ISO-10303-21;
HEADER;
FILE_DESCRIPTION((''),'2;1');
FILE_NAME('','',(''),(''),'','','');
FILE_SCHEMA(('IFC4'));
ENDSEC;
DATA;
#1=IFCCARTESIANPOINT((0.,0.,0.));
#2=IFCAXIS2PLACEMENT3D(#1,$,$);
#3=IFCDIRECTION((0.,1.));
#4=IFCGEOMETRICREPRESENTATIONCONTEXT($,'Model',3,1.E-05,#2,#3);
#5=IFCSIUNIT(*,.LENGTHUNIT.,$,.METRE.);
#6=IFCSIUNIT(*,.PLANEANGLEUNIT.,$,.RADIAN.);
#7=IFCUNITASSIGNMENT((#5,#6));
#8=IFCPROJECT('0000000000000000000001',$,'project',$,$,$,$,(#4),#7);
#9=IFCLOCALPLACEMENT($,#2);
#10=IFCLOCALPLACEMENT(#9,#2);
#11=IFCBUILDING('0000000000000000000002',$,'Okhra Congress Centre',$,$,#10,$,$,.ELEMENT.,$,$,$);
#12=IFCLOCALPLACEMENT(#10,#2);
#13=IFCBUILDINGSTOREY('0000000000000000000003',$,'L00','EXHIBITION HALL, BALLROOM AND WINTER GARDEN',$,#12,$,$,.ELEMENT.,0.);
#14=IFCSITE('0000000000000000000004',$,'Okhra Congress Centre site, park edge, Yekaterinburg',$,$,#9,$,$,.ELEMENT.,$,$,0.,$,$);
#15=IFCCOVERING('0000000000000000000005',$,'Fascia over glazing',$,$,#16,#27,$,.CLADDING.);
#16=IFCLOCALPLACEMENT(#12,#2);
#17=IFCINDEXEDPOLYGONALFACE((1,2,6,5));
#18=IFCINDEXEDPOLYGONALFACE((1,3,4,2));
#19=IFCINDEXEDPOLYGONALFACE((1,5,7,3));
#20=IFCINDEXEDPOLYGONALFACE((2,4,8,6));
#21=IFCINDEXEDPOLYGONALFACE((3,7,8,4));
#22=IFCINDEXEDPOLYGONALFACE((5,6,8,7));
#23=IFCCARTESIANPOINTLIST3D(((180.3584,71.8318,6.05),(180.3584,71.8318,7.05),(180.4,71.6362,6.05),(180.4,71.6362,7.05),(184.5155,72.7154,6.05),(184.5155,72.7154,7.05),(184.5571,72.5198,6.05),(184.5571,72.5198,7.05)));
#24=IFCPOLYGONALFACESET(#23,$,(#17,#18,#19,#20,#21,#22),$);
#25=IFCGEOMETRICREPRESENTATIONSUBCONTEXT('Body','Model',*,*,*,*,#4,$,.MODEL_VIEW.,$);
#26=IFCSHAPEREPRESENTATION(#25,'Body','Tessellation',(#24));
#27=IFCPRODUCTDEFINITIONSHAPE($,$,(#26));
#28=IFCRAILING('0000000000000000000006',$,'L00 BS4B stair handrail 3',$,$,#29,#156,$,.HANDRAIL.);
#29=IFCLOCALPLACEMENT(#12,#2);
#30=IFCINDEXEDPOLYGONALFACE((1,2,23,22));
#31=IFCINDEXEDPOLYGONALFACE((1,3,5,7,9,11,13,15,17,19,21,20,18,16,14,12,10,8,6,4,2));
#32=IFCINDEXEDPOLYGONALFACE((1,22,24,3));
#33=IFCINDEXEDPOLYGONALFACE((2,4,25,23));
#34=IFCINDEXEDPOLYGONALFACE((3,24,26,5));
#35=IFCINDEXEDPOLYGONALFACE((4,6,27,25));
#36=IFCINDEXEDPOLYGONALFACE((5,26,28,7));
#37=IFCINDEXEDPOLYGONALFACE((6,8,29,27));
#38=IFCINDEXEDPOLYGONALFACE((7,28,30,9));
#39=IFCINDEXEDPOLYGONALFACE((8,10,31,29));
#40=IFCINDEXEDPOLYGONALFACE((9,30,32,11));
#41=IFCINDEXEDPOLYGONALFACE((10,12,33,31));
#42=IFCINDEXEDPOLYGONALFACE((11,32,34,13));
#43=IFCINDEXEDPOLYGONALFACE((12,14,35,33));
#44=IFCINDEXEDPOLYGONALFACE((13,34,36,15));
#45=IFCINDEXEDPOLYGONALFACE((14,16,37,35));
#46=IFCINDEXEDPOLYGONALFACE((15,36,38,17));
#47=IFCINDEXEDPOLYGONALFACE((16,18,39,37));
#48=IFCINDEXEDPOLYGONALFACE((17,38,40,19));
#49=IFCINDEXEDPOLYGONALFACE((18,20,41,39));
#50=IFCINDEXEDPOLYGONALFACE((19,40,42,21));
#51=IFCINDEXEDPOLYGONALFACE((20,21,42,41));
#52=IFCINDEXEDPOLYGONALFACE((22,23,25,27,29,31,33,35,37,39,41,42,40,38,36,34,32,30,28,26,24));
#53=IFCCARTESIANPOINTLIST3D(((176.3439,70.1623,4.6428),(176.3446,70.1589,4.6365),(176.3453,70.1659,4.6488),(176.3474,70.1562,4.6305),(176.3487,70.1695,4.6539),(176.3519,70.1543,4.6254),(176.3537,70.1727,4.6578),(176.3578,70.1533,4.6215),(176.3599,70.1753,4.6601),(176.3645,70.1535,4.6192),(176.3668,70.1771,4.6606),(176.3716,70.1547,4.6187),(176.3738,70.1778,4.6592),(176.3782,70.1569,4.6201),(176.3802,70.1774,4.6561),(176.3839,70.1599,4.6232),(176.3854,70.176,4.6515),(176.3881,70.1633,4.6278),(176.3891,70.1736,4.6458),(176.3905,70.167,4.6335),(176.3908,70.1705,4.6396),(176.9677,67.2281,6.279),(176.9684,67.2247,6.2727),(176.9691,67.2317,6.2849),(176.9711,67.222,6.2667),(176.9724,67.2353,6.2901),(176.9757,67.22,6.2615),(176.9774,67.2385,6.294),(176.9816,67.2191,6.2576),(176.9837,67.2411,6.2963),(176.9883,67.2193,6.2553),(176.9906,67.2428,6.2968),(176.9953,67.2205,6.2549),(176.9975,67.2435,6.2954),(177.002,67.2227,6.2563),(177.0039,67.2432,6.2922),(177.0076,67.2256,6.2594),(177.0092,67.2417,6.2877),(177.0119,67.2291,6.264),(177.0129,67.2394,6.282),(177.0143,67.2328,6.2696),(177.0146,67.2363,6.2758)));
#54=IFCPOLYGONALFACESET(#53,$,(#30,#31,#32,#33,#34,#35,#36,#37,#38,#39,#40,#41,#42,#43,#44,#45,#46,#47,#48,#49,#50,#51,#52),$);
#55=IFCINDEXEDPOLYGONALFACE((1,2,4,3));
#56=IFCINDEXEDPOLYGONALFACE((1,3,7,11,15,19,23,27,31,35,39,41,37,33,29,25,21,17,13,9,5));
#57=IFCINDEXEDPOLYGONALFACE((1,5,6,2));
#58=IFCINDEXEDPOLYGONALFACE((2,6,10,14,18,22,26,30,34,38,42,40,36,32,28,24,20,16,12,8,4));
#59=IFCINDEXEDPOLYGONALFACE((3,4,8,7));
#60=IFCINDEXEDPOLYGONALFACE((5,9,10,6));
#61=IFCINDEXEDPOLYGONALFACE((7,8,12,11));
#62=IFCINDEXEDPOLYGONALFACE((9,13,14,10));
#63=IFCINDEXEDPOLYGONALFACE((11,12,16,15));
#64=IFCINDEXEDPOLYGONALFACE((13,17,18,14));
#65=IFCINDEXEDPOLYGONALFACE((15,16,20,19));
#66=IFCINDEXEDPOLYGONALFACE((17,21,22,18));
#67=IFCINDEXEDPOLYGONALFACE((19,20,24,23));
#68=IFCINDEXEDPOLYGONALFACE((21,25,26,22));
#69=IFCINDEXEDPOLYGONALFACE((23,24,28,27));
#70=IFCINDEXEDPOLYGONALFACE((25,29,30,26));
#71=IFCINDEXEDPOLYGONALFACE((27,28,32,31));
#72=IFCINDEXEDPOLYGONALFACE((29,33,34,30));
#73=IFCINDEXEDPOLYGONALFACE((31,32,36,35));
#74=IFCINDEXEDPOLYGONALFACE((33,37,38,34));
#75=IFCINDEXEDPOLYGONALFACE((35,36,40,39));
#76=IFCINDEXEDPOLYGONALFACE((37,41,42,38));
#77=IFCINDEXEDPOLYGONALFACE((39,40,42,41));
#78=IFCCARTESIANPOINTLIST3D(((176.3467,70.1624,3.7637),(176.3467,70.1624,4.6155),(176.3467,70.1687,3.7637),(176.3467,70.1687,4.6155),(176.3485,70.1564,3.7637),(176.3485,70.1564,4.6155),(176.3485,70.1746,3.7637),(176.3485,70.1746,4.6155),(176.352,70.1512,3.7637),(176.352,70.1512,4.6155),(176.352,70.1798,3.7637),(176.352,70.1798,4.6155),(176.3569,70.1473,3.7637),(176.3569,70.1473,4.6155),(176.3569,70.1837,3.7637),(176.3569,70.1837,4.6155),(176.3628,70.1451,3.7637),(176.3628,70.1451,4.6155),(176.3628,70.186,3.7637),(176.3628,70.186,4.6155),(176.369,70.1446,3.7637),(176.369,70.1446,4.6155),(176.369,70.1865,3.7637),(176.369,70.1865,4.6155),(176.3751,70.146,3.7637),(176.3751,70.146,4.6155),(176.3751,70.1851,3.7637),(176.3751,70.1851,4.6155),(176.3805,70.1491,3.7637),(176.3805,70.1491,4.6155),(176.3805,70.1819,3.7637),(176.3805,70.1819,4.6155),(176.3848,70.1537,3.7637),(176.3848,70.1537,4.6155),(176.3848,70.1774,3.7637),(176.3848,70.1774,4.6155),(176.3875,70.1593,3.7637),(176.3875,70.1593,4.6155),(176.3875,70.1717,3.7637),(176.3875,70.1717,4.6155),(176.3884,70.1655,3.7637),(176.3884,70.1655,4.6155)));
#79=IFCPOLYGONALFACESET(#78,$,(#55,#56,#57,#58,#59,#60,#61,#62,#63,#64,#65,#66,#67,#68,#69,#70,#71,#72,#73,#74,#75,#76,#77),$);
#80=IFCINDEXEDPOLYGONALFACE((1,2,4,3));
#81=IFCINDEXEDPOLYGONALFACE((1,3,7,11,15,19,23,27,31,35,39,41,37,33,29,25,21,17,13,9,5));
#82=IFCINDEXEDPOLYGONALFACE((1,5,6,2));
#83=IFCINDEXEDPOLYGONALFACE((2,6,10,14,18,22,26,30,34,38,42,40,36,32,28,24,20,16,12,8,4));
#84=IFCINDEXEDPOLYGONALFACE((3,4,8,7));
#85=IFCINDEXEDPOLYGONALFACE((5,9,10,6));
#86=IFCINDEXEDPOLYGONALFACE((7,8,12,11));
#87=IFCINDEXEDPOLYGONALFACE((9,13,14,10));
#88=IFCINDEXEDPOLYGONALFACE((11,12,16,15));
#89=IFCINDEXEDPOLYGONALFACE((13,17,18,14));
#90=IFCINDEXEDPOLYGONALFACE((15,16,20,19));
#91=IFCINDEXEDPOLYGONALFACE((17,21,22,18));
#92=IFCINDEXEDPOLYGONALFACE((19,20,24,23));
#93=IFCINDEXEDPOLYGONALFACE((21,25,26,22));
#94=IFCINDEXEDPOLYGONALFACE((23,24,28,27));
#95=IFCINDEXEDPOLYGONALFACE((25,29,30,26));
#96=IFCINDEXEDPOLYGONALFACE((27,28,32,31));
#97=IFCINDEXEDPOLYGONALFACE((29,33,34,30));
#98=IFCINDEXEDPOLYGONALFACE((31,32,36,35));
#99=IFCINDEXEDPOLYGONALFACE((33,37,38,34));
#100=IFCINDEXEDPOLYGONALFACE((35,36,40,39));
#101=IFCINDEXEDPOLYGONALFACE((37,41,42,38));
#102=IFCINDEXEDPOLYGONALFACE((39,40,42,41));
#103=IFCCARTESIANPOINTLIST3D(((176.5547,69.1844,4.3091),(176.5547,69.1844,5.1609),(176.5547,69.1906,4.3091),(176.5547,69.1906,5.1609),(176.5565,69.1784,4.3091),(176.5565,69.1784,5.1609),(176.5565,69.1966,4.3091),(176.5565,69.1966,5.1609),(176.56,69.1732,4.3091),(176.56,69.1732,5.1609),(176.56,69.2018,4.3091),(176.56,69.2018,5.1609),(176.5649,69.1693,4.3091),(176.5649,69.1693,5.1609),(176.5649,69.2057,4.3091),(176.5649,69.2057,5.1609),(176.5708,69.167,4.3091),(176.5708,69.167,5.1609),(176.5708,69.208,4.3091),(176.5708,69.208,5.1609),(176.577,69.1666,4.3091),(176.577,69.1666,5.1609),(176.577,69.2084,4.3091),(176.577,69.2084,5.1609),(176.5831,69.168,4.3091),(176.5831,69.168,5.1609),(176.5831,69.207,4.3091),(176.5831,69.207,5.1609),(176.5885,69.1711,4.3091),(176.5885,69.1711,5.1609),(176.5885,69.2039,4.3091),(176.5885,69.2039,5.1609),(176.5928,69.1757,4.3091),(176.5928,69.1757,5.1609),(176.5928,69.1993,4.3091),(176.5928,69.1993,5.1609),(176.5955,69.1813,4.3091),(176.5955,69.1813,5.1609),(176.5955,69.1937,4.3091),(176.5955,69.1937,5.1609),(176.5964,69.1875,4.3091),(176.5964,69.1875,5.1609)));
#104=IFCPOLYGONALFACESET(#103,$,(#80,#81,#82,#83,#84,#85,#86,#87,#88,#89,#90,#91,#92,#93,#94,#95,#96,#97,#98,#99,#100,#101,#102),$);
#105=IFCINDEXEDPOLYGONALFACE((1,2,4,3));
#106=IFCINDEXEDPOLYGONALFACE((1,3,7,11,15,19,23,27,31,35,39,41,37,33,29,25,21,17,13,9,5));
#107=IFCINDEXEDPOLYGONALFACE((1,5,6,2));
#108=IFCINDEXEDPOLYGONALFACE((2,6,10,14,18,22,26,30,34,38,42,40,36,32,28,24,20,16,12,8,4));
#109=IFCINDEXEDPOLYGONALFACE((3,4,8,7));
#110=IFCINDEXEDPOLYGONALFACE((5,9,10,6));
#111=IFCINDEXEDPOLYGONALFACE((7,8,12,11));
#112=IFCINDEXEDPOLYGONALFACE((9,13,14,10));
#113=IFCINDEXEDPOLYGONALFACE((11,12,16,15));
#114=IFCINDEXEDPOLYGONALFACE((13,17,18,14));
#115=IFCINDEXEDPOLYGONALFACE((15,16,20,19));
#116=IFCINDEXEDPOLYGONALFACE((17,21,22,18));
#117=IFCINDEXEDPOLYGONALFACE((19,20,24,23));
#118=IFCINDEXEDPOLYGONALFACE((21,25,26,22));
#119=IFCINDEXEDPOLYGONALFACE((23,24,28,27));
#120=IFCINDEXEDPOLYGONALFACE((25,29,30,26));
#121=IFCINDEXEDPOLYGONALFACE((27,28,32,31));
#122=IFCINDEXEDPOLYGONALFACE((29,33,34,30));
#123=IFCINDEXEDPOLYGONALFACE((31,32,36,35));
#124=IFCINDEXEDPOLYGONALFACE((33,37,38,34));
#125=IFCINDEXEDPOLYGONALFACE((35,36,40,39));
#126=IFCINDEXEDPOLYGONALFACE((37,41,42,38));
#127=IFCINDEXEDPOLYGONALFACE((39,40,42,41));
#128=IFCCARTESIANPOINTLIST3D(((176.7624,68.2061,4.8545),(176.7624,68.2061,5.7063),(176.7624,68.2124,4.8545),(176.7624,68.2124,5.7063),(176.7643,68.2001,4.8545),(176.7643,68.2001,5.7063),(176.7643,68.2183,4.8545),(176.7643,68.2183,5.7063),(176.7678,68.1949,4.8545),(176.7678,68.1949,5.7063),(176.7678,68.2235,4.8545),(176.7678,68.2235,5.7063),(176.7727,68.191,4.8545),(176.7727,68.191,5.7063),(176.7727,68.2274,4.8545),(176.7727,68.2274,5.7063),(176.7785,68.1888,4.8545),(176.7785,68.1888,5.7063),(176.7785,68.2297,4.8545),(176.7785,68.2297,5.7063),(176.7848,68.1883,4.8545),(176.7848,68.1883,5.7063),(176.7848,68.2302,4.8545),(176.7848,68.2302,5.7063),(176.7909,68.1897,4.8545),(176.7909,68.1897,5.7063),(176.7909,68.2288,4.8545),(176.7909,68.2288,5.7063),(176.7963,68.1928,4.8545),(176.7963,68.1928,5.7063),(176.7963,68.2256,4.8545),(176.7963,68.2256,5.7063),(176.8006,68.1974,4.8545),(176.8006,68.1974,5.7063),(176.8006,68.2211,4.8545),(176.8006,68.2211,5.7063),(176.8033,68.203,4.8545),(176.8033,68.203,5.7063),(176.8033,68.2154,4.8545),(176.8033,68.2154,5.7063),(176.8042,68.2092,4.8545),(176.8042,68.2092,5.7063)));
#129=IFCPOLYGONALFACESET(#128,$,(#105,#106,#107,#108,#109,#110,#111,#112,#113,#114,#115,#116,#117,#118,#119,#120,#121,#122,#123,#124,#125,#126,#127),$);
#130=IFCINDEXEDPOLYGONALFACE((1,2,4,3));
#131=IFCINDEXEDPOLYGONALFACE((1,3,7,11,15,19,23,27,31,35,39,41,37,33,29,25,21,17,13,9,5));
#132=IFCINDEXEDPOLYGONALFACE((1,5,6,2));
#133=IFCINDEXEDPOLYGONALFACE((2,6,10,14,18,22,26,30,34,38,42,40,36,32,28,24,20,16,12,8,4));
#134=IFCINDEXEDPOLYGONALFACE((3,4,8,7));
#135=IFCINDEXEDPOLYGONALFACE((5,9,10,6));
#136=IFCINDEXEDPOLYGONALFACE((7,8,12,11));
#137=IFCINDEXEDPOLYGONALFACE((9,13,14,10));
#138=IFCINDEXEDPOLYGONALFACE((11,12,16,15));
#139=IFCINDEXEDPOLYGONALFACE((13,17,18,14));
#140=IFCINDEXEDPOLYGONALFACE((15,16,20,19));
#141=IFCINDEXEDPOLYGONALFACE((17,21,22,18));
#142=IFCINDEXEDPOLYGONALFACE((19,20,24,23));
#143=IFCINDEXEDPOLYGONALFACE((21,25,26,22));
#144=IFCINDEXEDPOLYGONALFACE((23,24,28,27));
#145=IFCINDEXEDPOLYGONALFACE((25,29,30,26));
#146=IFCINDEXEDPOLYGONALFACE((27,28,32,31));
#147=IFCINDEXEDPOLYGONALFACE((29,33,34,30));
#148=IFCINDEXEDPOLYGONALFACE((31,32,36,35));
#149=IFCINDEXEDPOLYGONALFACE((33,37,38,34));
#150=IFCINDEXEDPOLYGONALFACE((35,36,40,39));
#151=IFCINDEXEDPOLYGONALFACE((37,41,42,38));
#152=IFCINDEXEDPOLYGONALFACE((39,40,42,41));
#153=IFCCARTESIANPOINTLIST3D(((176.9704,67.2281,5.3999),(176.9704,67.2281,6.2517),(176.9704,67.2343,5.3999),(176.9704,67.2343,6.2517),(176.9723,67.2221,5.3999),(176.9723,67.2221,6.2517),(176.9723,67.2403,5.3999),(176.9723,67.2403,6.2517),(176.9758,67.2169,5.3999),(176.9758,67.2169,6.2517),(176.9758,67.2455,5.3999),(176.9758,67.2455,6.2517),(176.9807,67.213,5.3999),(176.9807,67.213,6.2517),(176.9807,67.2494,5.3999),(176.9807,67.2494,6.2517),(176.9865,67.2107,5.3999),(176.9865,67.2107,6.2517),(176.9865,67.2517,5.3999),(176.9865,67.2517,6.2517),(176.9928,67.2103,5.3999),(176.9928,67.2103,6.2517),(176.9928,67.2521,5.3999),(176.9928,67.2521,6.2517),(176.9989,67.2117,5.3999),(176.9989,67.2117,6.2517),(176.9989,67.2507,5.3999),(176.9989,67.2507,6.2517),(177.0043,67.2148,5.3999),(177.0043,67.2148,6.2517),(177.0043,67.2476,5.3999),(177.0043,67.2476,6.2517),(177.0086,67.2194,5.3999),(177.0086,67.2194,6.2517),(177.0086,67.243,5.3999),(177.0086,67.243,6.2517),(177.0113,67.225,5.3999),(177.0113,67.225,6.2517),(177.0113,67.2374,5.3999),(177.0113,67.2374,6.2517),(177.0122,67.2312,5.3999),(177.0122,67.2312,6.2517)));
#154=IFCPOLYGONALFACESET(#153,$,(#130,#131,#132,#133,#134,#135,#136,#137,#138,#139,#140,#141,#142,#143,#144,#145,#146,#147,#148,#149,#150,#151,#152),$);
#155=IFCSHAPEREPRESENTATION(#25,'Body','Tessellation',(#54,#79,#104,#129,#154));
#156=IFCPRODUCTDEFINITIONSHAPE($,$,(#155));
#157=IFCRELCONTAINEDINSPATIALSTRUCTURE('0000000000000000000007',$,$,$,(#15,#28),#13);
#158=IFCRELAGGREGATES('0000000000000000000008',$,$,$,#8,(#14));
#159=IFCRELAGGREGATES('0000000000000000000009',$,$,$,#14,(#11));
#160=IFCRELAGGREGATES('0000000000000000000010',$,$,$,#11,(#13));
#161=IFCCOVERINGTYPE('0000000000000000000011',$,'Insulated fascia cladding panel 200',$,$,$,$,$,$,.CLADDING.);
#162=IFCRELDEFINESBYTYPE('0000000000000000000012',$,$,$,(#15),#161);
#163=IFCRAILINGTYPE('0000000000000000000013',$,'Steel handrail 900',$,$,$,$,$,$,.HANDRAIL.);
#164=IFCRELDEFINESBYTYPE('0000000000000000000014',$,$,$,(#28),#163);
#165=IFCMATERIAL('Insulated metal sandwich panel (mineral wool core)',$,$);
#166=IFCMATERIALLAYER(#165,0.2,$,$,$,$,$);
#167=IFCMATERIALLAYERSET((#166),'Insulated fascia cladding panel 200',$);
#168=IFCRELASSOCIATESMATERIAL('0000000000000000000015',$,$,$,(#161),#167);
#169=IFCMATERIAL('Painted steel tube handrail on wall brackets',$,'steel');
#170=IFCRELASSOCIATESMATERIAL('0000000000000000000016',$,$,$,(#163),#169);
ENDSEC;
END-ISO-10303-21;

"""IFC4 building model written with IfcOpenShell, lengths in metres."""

from ifc_helpers import new_model, si_unit, direction, frame, origin, origin_2d, place, context, subcontext, project, spatial, rectangle, circle, extrude, material, layer, layer_set, type_object, element, save


model = new_model("IFC4")

# Units and contexts
model_context = context("Model", 3, precision=1e-05, world=origin(), true_north=direction((0.0, 1.0)))
body_context = subcontext(model_context, "Body", "Model", "MODEL_VIEW")
ifc_project = project(units=[si_unit("LENGTHUNIT", "METRE"), si_unit("PLANEANGLEUNIT", "RADIAN")], contexts=[model_context])

# Site, building, storey
site_placement = place(None, origin())
site = spatial("IfcSite", under=ifc_project, at=site_placement, Name="Okhra Congress Centre site, park edge, Yekaterinburg", CompositionType="ELEMENT", RefElevation=0.0)
building_placement = place(site_placement, origin())
building = spatial("IfcBuilding", under=site, at=building_placement, Name="Okhra Congress Centre", CompositionType="ELEMENT")
storey_placement = place(building_placement, origin())
storey = spatial("IfcBuildingStorey", under=building, at=storey_placement, Name="L00", Description="EXHIBITION HALL, BALLROOM AND WINTER GARDEN", CompositionType="ELEMENT", Elevation=0.0)

# Covering
ifc_material_1 = material(Name="Insulated metal sandwich panel (mineral wool core)")
ifc_layer_1 = layer(ifc_material_1, 0.2)
ifc_layer_set_1 = layer_set([ifc_layer_1], Name="Insulated fascia cladding panel 200")
covering_type_1 = type_object("IfcCoveringType", Name="Insulated fascia cladding panel 200", PredefinedType="CLADDING", material=ifc_layer_set_1)
covering_placement = place(storey_placement, frame((182.4578, 72.1758, 6.05), z_axis=(0.0, 0.0, 1.0), x_axis=(0.978148, 0.207912, 0.0)))
element("IfcCovering", 1, at=covering_placement, inside=storey, type_object=covering_type_1, Name="Fascia over glazing", PredefinedType="CLADDING", context=body_context, shape_type="SweptSolid", body=[
    extrude(rectangle(XDim=4.25, YDim=0.2, at=origin_2d()), origin(), (0.0, 0.0, 1.0), 1.0),
])

# Railing
ifc_material_2 = material(Name="Painted steel tube handrail on wall brackets", Category="steel")
railing_type_1 = type_object("IfcRailingType", Name="Steel handrail 900", PredefinedType="HANDRAIL", material=ifc_material_2)
railing_1_placement = place(storey_placement, frame((176.3674, 70.1655, 3.7637)))
element("IfcRailing", 2, at=railing_1_placement, inside=storey, type_object=railing_type_1, Name="L00 BS4B stair handrail 3", PredefinedType="HANDRAIL", context=body_context, shape_type="SweptSolid", body=[
    extrude(circle(Radius=0.0239, at=origin_2d()), frame((0.0, 0.0, 0.876), z_axis=(0.182546, -0.858716, 0.478835), x_axis=(0.978143, 0.207934, 0.0)), (0.0, 0.0, 1.0), 3.417),
    extrude(circle(Radius=0.021, at=origin_2d()), origin(), (0.0, 0.0, 1.0), 0.8518),
    extrude(circle(Radius=0.021, at=origin_2d()), frame((0.208, -0.978, 0.5454)), (0.0, 0.0, 1.0), 0.8518),
    extrude(circle(Radius=0.021, at=origin_2d()), frame((0.4158, -1.9563, 1.0908)), (0.0, 0.0, 1.0), 0.8518),
    extrude(circle(Radius=0.021, at=origin_2d()), frame((0.6238, -2.9343, 1.6362)), (0.0, 0.0, 1.0), 0.8518),
])

save(model, "model.ifc")
